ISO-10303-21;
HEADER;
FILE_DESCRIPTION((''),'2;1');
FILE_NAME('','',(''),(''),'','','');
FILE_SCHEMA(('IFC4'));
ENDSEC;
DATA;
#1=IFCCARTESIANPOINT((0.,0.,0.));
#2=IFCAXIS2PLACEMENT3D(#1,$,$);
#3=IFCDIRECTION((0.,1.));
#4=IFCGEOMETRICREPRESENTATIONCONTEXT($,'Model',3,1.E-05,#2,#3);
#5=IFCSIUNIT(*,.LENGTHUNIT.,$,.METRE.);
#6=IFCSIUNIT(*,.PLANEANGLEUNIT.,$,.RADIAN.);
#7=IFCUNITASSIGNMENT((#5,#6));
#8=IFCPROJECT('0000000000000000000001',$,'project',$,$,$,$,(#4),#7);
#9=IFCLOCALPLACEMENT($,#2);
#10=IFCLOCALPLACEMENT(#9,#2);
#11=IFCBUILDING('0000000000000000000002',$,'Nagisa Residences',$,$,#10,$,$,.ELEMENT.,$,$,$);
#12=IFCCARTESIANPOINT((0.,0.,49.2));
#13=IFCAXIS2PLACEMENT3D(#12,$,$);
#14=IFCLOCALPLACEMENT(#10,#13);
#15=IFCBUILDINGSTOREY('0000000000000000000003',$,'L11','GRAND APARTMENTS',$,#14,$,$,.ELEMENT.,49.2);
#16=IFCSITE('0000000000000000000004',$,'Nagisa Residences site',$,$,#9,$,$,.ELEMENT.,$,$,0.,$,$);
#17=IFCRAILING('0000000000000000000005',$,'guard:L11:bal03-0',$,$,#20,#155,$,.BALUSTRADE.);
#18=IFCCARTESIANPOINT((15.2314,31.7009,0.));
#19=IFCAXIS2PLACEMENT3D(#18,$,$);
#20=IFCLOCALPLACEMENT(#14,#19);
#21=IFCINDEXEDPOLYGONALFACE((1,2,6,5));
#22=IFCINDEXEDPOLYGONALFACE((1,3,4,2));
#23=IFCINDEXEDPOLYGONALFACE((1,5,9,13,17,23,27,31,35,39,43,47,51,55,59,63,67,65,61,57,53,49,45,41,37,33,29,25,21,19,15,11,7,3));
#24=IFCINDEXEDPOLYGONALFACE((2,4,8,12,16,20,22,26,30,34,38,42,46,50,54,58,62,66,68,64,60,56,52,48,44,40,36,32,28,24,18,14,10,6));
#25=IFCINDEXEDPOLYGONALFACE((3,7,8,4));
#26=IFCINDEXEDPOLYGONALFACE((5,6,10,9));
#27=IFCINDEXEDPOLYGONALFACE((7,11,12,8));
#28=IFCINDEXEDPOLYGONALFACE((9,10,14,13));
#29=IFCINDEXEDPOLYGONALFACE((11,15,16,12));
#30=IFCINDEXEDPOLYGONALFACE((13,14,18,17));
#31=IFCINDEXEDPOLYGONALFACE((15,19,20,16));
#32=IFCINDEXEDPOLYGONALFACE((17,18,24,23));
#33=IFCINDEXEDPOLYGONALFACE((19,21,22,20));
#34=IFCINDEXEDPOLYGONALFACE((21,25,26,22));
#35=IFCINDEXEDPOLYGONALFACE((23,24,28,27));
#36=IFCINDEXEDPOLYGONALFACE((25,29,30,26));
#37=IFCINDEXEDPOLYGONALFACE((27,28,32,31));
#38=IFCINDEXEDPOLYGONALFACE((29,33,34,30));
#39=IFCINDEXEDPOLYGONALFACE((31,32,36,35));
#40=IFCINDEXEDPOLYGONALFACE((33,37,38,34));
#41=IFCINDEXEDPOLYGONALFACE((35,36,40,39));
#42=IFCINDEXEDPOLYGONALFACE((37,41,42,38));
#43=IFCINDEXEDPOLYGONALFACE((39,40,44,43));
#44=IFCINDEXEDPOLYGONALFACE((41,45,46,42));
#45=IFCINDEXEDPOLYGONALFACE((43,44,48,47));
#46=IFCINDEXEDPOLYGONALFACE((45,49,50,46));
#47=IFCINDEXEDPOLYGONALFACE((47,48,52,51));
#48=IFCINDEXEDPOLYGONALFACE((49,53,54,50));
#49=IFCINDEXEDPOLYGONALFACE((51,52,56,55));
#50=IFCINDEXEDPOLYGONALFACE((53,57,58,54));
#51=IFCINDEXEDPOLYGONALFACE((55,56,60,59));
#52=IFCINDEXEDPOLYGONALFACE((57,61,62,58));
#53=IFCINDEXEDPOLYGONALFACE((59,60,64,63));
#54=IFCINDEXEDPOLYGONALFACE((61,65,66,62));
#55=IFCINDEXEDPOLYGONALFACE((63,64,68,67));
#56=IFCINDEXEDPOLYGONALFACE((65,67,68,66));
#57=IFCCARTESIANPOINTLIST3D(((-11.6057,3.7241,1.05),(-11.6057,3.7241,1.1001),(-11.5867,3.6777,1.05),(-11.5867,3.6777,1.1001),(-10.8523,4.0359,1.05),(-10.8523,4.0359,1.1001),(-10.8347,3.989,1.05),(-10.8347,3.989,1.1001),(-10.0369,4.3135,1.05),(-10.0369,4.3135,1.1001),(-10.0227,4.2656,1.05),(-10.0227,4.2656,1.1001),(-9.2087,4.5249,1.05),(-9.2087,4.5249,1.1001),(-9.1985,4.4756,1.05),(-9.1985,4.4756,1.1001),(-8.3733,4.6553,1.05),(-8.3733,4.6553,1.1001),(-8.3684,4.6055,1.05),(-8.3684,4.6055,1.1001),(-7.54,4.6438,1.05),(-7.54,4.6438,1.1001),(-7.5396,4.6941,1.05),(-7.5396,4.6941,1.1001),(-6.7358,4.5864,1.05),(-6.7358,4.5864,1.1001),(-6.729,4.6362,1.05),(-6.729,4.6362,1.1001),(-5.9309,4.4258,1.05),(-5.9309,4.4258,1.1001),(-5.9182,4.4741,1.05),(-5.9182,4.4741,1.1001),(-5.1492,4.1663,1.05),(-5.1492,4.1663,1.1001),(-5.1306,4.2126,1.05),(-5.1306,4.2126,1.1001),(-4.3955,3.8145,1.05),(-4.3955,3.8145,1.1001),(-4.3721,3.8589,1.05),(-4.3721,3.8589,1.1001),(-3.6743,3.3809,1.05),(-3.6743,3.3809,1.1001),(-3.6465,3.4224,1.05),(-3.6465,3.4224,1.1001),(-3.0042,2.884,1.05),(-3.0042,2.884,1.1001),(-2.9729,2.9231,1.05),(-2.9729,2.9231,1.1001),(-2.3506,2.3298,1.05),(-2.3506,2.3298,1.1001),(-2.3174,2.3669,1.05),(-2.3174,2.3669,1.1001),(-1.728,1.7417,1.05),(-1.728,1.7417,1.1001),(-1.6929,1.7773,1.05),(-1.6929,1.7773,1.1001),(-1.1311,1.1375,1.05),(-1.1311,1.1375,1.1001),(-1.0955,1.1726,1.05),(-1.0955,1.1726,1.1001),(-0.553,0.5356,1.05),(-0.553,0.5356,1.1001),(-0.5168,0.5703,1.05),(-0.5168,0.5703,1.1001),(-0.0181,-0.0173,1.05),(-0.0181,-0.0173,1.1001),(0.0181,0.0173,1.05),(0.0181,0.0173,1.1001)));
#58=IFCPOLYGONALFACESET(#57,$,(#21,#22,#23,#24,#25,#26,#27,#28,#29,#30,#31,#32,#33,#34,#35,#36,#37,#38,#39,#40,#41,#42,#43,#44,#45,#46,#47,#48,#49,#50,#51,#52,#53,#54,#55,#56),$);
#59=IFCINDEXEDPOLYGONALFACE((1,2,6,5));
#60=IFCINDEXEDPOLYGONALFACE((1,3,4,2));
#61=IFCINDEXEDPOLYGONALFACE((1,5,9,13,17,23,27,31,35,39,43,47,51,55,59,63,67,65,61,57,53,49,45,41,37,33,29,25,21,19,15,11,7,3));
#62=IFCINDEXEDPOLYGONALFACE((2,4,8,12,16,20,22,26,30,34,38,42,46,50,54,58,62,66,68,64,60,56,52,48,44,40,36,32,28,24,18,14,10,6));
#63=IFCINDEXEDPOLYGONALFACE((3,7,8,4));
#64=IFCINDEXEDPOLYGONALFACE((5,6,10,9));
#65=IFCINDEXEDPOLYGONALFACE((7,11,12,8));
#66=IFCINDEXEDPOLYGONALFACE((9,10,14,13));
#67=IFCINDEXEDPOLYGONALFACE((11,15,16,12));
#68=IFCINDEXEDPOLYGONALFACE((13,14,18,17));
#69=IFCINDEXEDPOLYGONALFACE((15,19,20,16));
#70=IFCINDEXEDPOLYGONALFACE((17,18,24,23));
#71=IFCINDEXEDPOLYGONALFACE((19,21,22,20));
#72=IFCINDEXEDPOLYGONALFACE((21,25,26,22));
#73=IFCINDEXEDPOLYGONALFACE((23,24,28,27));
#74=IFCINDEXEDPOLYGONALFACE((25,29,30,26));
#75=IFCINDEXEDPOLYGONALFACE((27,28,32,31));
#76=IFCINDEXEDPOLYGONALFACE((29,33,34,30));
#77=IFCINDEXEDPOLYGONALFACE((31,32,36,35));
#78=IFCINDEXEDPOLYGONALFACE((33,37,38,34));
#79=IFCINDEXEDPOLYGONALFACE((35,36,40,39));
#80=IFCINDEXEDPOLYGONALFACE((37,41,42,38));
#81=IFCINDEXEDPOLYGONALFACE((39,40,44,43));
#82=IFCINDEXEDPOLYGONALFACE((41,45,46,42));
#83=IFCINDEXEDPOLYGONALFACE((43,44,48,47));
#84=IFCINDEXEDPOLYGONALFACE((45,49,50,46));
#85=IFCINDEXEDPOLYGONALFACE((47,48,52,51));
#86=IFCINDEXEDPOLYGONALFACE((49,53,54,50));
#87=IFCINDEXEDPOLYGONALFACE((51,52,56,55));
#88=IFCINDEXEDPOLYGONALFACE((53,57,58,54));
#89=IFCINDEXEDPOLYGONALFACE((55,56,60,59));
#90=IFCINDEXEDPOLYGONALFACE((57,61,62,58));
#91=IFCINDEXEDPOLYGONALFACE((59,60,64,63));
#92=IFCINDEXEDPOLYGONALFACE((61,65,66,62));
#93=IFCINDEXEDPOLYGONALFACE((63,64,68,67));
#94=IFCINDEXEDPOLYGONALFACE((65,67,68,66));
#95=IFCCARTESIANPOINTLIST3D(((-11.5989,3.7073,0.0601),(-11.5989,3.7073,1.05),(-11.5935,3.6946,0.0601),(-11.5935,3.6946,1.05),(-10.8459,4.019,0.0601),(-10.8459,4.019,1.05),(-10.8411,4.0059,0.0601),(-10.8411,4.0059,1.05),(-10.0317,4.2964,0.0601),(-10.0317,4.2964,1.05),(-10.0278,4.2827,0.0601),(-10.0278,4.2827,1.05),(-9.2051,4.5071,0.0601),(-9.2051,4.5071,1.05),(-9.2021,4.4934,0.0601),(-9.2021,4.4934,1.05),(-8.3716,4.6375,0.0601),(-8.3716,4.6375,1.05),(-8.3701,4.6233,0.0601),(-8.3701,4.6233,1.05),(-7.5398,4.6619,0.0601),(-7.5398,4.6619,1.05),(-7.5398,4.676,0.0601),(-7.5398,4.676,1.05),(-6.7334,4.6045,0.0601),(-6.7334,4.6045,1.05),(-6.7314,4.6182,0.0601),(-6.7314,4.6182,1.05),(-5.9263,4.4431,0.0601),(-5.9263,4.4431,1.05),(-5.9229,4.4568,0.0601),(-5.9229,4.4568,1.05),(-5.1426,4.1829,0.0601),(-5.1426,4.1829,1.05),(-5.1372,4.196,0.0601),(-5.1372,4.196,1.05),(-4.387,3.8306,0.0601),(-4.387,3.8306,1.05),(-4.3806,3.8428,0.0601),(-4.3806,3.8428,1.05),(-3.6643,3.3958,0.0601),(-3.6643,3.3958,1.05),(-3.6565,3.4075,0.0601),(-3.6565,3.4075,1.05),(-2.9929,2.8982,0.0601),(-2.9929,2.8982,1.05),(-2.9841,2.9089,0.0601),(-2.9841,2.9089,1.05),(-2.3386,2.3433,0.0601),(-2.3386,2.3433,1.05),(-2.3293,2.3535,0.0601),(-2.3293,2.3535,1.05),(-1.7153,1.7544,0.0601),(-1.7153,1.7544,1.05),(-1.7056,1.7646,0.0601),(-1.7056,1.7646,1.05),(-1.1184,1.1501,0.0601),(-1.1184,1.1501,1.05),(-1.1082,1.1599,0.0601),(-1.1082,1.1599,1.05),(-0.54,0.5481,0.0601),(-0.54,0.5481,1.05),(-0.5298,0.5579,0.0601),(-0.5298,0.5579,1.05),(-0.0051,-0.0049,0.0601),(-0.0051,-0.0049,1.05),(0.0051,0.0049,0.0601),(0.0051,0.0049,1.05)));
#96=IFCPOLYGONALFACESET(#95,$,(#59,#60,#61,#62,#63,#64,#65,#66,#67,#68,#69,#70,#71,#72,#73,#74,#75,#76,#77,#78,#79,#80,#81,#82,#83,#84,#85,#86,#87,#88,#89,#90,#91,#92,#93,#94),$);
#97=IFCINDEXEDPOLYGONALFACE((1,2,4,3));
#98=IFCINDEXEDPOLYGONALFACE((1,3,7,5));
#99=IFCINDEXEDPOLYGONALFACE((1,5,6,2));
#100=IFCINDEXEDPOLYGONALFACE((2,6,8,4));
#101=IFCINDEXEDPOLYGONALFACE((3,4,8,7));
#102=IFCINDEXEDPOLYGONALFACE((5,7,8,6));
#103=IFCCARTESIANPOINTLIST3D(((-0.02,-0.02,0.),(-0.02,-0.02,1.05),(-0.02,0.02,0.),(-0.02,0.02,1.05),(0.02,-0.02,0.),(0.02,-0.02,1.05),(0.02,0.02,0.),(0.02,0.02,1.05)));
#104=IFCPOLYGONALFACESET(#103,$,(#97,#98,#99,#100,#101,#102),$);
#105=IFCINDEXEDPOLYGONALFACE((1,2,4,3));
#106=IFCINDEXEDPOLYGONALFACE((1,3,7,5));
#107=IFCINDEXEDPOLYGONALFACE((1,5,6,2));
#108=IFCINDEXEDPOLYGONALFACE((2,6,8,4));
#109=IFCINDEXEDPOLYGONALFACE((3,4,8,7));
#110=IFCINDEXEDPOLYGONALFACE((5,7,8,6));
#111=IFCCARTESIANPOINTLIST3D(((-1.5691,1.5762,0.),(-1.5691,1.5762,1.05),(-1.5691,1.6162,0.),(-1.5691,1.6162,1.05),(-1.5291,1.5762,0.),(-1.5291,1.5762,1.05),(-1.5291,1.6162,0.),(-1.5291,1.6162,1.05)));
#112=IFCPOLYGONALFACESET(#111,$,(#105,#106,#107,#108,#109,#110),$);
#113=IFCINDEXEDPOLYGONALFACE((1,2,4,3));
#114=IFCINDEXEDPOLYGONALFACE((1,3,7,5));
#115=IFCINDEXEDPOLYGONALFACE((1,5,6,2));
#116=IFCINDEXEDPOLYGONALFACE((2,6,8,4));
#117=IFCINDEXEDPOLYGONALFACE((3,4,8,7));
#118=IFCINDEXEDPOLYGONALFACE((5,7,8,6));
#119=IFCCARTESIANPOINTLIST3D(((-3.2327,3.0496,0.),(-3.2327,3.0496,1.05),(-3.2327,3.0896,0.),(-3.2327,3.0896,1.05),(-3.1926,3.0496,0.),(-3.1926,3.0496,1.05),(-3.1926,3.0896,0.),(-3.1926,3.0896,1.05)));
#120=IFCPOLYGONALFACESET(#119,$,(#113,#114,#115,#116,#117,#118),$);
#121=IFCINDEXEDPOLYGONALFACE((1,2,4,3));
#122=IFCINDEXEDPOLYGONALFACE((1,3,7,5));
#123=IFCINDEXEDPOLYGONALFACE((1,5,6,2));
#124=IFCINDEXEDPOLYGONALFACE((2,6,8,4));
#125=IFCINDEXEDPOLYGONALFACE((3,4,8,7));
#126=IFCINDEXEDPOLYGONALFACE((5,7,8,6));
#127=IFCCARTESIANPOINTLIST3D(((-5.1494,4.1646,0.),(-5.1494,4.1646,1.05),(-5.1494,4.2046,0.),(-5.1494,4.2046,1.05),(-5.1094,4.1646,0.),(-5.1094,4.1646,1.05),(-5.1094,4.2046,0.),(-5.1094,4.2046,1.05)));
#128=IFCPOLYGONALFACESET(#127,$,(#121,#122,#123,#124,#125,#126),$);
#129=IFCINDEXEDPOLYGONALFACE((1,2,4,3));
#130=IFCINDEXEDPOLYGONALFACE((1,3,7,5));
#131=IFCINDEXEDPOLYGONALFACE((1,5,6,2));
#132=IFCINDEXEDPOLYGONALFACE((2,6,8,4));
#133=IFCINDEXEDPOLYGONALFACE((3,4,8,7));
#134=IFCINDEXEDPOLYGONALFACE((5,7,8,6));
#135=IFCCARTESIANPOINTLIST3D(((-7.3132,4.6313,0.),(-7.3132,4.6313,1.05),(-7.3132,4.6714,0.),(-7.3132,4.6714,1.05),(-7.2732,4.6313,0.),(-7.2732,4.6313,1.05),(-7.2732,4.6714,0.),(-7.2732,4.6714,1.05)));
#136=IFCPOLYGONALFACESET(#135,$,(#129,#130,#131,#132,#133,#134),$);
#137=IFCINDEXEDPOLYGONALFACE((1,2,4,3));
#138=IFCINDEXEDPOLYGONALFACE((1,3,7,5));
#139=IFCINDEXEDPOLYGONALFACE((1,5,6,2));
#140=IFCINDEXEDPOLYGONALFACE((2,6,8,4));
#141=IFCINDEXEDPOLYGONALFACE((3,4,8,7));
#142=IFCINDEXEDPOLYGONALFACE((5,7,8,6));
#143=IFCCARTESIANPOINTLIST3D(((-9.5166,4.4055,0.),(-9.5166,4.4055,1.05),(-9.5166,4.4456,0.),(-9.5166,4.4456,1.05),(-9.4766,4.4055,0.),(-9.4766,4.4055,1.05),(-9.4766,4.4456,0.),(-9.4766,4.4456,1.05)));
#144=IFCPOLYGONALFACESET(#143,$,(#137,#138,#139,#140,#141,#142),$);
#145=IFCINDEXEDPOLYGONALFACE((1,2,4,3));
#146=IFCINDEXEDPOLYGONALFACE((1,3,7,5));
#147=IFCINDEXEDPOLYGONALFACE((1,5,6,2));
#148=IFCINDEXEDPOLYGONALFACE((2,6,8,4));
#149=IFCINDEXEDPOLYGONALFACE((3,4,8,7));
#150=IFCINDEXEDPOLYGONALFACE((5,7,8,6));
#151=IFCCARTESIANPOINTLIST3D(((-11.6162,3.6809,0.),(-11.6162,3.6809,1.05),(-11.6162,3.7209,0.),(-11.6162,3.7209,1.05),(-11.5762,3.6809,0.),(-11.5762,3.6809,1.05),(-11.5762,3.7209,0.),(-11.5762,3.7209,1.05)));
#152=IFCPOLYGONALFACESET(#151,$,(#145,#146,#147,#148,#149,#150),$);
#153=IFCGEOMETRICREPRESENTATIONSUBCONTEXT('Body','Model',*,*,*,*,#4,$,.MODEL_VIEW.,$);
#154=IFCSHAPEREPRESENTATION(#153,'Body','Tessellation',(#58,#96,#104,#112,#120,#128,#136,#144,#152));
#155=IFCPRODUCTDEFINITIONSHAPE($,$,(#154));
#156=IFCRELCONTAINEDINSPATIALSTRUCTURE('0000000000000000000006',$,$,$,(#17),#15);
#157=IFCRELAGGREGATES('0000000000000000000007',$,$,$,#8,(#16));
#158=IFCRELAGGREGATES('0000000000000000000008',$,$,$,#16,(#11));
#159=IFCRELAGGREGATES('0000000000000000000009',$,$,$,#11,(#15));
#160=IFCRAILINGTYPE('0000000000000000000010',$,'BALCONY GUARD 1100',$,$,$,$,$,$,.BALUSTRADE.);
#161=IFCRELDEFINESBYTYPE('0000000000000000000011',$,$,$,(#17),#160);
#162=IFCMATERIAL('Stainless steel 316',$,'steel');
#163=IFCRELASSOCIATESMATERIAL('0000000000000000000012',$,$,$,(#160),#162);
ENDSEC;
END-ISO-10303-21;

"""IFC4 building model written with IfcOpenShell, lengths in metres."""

from ifc_helpers import new_model, si_unit, direction, frame, origin, origin_2d, place, context, subcontext, project, spatial, polyline, rectangle, outline, extrude, material, type_object, element, save


model = new_model("IFC4")

# Units and contexts
model_context = context("Model", 3, precision=1e-05, world=origin(), true_north=direction((0.0, 1.0)))
body_context = subcontext(model_context, "Body", "Model", "MODEL_VIEW")
ifc_project = project(units=[si_unit("LENGTHUNIT", "METRE"), si_unit("PLANEANGLEUNIT", "RADIAN")], contexts=[model_context])

# Site, building, storey
site_placement = place(None, origin())
site = spatial("IfcSite", under=ifc_project, at=site_placement, Name="Nagisa Residences site", CompositionType="ELEMENT", RefElevation=0.0)
building_placement = place(site_placement, origin())
building = spatial("IfcBuilding", under=site, at=building_placement, Name="Nagisa Residences", CompositionType="ELEMENT")
storey_placement = place(building_placement, frame((0.0, 0.0, 49.2)))
storey = spatial("IfcBuildingStorey", under=building, at=storey_placement, Name="L11", Description="GRAND APARTMENTS", CompositionType="ELEMENT", Elevation=49.2)

# Railing
ifc_material_1 = material(Name="Stainless steel 316", Category="steel")
railing_type = type_object("IfcRailingType", Name="BALCONY GUARD 1100", PredefinedType="BALUSTRADE", material=ifc_material_1)
railing_1_placement = place(storey_placement, frame((15.2314, 31.7009, 0.0)))
element("IfcRailing", 1, at=railing_1_placement, inside=storey, type_object=railing_type, Name="guard:L11:bal03-0", PredefinedType="BALUSTRADE", context=body_context, shape_type="SweptSolid", body=[
    extrude(outline(polyline([(-0.553, 0.5356), (-0.0181, -0.0173), (0.0181, 0.0173), (-0.5168, 0.5703), (-1.0955, 1.1726), (-1.6929, 1.7773), (-2.3174, 2.3669), (-2.9729, 2.9231), (-3.6465, 3.4224), (-4.3721, 3.8589), (-5.1306, 4.2126), (-5.9182, 4.4741), (-6.729, 4.6362), (-7.5396, 4.6941), (-8.3733, 4.6553), (-9.2087, 4.5249), (-10.0369, 4.3135), (-10.8523, 4.0359), (-11.6057, 3.7241), (-11.5867, 3.6777), (-10.8347, 3.989), (-10.0227, 4.2656), (-9.1985, 4.4756), (-8.3684, 4.6055), (-7.54, 4.6438), (-6.7358, 4.5864), (-5.9309, 4.4258), (-5.1492, 4.1663), (-4.3955, 3.8145), (-3.6743, 3.3809), (-3.0042, 2.884), (-2.3506, 2.3298), (-1.728, 1.7417), (-1.1311, 1.1375), (-0.553, 0.5356)])), frame((0.0, 0.0, 1.05)), (0.0, 0.0, 1.0), 0.05),
    extrude(outline(polyline([(-0.54, 0.5481), (-0.0051, -0.0049), (0.0051, 0.0049), (-0.5298, 0.5579), (-1.1082, 1.1599), (-1.7056, 1.7646), (-2.3293, 2.3535), (-2.9841, 2.9089), (-3.6565, 3.4075), (-4.3806, 3.8428), (-5.1372, 4.196), (-5.9229, 4.4568), (-6.7314, 4.6182), (-7.5398, 4.676), (-8.3716, 4.6375), (-9.2051, 4.5071), (-10.0317, 4.2964), (-10.8459, 4.019), (-11.5989, 3.7073), (-11.5935, 3.6946), (-10.8411, 4.0059), (-10.0278, 4.2827), (-9.2021, 4.4934), (-8.3701, 4.6233), (-7.5398, 4.6619), (-6.7334, 4.6045), (-5.9263, 4.4431), (-5.1426, 4.1829), (-4.387, 3.8306), (-3.6643, 3.3958), (-2.9929, 2.8982), (-2.3386, 2.3433), (-1.7153, 1.7544), (-1.1184, 1.1501), (-0.54, 0.5481)])), frame((0.0, 0.0, 0.0601)), (0.0, 0.0, 1.0), 0.99),
    extrude(rectangle(XDim=0.04, YDim=0.04, at=origin_2d()), origin(), (0.0, 0.0, 1.0), 1.05),
    extrude(rectangle(XDim=0.04, YDim=0.04, at=origin_2d()), frame((-1.5491, 1.5962, 0.0)), (0.0, 0.0, 1.0), 1.05),
    extrude(rectangle(XDim=0.04, YDim=0.04, at=origin_2d()), frame((-3.2126, 3.0696, 0.0)), (0.0, 0.0, 1.0), 1.05),
    extrude(rectangle(XDim=0.04, YDim=0.04, at=origin_2d()), frame((-5.1294, 4.1846, 0.0)), (0.0, 0.0, 1.0), 1.05),
    extrude(rectangle(XDim=0.04, YDim=0.04, at=origin_2d()), frame((-7.2932, 4.6514, 0.0)), (0.0, 0.0, 1.0), 1.05),
    extrude(rectangle(XDim=0.04, YDim=0.04, at=origin_2d()), frame((-9.4966, 4.4255, 0.0)), (0.0, 0.0, 1.0), 1.05),
    extrude(rectangle(XDim=0.04, YDim=0.04, at=origin_2d()), frame((-11.5962, 3.7009, 0.0)), (0.0, 0.0, 1.0), 1.05),
])

save(model, "model.ifc")
